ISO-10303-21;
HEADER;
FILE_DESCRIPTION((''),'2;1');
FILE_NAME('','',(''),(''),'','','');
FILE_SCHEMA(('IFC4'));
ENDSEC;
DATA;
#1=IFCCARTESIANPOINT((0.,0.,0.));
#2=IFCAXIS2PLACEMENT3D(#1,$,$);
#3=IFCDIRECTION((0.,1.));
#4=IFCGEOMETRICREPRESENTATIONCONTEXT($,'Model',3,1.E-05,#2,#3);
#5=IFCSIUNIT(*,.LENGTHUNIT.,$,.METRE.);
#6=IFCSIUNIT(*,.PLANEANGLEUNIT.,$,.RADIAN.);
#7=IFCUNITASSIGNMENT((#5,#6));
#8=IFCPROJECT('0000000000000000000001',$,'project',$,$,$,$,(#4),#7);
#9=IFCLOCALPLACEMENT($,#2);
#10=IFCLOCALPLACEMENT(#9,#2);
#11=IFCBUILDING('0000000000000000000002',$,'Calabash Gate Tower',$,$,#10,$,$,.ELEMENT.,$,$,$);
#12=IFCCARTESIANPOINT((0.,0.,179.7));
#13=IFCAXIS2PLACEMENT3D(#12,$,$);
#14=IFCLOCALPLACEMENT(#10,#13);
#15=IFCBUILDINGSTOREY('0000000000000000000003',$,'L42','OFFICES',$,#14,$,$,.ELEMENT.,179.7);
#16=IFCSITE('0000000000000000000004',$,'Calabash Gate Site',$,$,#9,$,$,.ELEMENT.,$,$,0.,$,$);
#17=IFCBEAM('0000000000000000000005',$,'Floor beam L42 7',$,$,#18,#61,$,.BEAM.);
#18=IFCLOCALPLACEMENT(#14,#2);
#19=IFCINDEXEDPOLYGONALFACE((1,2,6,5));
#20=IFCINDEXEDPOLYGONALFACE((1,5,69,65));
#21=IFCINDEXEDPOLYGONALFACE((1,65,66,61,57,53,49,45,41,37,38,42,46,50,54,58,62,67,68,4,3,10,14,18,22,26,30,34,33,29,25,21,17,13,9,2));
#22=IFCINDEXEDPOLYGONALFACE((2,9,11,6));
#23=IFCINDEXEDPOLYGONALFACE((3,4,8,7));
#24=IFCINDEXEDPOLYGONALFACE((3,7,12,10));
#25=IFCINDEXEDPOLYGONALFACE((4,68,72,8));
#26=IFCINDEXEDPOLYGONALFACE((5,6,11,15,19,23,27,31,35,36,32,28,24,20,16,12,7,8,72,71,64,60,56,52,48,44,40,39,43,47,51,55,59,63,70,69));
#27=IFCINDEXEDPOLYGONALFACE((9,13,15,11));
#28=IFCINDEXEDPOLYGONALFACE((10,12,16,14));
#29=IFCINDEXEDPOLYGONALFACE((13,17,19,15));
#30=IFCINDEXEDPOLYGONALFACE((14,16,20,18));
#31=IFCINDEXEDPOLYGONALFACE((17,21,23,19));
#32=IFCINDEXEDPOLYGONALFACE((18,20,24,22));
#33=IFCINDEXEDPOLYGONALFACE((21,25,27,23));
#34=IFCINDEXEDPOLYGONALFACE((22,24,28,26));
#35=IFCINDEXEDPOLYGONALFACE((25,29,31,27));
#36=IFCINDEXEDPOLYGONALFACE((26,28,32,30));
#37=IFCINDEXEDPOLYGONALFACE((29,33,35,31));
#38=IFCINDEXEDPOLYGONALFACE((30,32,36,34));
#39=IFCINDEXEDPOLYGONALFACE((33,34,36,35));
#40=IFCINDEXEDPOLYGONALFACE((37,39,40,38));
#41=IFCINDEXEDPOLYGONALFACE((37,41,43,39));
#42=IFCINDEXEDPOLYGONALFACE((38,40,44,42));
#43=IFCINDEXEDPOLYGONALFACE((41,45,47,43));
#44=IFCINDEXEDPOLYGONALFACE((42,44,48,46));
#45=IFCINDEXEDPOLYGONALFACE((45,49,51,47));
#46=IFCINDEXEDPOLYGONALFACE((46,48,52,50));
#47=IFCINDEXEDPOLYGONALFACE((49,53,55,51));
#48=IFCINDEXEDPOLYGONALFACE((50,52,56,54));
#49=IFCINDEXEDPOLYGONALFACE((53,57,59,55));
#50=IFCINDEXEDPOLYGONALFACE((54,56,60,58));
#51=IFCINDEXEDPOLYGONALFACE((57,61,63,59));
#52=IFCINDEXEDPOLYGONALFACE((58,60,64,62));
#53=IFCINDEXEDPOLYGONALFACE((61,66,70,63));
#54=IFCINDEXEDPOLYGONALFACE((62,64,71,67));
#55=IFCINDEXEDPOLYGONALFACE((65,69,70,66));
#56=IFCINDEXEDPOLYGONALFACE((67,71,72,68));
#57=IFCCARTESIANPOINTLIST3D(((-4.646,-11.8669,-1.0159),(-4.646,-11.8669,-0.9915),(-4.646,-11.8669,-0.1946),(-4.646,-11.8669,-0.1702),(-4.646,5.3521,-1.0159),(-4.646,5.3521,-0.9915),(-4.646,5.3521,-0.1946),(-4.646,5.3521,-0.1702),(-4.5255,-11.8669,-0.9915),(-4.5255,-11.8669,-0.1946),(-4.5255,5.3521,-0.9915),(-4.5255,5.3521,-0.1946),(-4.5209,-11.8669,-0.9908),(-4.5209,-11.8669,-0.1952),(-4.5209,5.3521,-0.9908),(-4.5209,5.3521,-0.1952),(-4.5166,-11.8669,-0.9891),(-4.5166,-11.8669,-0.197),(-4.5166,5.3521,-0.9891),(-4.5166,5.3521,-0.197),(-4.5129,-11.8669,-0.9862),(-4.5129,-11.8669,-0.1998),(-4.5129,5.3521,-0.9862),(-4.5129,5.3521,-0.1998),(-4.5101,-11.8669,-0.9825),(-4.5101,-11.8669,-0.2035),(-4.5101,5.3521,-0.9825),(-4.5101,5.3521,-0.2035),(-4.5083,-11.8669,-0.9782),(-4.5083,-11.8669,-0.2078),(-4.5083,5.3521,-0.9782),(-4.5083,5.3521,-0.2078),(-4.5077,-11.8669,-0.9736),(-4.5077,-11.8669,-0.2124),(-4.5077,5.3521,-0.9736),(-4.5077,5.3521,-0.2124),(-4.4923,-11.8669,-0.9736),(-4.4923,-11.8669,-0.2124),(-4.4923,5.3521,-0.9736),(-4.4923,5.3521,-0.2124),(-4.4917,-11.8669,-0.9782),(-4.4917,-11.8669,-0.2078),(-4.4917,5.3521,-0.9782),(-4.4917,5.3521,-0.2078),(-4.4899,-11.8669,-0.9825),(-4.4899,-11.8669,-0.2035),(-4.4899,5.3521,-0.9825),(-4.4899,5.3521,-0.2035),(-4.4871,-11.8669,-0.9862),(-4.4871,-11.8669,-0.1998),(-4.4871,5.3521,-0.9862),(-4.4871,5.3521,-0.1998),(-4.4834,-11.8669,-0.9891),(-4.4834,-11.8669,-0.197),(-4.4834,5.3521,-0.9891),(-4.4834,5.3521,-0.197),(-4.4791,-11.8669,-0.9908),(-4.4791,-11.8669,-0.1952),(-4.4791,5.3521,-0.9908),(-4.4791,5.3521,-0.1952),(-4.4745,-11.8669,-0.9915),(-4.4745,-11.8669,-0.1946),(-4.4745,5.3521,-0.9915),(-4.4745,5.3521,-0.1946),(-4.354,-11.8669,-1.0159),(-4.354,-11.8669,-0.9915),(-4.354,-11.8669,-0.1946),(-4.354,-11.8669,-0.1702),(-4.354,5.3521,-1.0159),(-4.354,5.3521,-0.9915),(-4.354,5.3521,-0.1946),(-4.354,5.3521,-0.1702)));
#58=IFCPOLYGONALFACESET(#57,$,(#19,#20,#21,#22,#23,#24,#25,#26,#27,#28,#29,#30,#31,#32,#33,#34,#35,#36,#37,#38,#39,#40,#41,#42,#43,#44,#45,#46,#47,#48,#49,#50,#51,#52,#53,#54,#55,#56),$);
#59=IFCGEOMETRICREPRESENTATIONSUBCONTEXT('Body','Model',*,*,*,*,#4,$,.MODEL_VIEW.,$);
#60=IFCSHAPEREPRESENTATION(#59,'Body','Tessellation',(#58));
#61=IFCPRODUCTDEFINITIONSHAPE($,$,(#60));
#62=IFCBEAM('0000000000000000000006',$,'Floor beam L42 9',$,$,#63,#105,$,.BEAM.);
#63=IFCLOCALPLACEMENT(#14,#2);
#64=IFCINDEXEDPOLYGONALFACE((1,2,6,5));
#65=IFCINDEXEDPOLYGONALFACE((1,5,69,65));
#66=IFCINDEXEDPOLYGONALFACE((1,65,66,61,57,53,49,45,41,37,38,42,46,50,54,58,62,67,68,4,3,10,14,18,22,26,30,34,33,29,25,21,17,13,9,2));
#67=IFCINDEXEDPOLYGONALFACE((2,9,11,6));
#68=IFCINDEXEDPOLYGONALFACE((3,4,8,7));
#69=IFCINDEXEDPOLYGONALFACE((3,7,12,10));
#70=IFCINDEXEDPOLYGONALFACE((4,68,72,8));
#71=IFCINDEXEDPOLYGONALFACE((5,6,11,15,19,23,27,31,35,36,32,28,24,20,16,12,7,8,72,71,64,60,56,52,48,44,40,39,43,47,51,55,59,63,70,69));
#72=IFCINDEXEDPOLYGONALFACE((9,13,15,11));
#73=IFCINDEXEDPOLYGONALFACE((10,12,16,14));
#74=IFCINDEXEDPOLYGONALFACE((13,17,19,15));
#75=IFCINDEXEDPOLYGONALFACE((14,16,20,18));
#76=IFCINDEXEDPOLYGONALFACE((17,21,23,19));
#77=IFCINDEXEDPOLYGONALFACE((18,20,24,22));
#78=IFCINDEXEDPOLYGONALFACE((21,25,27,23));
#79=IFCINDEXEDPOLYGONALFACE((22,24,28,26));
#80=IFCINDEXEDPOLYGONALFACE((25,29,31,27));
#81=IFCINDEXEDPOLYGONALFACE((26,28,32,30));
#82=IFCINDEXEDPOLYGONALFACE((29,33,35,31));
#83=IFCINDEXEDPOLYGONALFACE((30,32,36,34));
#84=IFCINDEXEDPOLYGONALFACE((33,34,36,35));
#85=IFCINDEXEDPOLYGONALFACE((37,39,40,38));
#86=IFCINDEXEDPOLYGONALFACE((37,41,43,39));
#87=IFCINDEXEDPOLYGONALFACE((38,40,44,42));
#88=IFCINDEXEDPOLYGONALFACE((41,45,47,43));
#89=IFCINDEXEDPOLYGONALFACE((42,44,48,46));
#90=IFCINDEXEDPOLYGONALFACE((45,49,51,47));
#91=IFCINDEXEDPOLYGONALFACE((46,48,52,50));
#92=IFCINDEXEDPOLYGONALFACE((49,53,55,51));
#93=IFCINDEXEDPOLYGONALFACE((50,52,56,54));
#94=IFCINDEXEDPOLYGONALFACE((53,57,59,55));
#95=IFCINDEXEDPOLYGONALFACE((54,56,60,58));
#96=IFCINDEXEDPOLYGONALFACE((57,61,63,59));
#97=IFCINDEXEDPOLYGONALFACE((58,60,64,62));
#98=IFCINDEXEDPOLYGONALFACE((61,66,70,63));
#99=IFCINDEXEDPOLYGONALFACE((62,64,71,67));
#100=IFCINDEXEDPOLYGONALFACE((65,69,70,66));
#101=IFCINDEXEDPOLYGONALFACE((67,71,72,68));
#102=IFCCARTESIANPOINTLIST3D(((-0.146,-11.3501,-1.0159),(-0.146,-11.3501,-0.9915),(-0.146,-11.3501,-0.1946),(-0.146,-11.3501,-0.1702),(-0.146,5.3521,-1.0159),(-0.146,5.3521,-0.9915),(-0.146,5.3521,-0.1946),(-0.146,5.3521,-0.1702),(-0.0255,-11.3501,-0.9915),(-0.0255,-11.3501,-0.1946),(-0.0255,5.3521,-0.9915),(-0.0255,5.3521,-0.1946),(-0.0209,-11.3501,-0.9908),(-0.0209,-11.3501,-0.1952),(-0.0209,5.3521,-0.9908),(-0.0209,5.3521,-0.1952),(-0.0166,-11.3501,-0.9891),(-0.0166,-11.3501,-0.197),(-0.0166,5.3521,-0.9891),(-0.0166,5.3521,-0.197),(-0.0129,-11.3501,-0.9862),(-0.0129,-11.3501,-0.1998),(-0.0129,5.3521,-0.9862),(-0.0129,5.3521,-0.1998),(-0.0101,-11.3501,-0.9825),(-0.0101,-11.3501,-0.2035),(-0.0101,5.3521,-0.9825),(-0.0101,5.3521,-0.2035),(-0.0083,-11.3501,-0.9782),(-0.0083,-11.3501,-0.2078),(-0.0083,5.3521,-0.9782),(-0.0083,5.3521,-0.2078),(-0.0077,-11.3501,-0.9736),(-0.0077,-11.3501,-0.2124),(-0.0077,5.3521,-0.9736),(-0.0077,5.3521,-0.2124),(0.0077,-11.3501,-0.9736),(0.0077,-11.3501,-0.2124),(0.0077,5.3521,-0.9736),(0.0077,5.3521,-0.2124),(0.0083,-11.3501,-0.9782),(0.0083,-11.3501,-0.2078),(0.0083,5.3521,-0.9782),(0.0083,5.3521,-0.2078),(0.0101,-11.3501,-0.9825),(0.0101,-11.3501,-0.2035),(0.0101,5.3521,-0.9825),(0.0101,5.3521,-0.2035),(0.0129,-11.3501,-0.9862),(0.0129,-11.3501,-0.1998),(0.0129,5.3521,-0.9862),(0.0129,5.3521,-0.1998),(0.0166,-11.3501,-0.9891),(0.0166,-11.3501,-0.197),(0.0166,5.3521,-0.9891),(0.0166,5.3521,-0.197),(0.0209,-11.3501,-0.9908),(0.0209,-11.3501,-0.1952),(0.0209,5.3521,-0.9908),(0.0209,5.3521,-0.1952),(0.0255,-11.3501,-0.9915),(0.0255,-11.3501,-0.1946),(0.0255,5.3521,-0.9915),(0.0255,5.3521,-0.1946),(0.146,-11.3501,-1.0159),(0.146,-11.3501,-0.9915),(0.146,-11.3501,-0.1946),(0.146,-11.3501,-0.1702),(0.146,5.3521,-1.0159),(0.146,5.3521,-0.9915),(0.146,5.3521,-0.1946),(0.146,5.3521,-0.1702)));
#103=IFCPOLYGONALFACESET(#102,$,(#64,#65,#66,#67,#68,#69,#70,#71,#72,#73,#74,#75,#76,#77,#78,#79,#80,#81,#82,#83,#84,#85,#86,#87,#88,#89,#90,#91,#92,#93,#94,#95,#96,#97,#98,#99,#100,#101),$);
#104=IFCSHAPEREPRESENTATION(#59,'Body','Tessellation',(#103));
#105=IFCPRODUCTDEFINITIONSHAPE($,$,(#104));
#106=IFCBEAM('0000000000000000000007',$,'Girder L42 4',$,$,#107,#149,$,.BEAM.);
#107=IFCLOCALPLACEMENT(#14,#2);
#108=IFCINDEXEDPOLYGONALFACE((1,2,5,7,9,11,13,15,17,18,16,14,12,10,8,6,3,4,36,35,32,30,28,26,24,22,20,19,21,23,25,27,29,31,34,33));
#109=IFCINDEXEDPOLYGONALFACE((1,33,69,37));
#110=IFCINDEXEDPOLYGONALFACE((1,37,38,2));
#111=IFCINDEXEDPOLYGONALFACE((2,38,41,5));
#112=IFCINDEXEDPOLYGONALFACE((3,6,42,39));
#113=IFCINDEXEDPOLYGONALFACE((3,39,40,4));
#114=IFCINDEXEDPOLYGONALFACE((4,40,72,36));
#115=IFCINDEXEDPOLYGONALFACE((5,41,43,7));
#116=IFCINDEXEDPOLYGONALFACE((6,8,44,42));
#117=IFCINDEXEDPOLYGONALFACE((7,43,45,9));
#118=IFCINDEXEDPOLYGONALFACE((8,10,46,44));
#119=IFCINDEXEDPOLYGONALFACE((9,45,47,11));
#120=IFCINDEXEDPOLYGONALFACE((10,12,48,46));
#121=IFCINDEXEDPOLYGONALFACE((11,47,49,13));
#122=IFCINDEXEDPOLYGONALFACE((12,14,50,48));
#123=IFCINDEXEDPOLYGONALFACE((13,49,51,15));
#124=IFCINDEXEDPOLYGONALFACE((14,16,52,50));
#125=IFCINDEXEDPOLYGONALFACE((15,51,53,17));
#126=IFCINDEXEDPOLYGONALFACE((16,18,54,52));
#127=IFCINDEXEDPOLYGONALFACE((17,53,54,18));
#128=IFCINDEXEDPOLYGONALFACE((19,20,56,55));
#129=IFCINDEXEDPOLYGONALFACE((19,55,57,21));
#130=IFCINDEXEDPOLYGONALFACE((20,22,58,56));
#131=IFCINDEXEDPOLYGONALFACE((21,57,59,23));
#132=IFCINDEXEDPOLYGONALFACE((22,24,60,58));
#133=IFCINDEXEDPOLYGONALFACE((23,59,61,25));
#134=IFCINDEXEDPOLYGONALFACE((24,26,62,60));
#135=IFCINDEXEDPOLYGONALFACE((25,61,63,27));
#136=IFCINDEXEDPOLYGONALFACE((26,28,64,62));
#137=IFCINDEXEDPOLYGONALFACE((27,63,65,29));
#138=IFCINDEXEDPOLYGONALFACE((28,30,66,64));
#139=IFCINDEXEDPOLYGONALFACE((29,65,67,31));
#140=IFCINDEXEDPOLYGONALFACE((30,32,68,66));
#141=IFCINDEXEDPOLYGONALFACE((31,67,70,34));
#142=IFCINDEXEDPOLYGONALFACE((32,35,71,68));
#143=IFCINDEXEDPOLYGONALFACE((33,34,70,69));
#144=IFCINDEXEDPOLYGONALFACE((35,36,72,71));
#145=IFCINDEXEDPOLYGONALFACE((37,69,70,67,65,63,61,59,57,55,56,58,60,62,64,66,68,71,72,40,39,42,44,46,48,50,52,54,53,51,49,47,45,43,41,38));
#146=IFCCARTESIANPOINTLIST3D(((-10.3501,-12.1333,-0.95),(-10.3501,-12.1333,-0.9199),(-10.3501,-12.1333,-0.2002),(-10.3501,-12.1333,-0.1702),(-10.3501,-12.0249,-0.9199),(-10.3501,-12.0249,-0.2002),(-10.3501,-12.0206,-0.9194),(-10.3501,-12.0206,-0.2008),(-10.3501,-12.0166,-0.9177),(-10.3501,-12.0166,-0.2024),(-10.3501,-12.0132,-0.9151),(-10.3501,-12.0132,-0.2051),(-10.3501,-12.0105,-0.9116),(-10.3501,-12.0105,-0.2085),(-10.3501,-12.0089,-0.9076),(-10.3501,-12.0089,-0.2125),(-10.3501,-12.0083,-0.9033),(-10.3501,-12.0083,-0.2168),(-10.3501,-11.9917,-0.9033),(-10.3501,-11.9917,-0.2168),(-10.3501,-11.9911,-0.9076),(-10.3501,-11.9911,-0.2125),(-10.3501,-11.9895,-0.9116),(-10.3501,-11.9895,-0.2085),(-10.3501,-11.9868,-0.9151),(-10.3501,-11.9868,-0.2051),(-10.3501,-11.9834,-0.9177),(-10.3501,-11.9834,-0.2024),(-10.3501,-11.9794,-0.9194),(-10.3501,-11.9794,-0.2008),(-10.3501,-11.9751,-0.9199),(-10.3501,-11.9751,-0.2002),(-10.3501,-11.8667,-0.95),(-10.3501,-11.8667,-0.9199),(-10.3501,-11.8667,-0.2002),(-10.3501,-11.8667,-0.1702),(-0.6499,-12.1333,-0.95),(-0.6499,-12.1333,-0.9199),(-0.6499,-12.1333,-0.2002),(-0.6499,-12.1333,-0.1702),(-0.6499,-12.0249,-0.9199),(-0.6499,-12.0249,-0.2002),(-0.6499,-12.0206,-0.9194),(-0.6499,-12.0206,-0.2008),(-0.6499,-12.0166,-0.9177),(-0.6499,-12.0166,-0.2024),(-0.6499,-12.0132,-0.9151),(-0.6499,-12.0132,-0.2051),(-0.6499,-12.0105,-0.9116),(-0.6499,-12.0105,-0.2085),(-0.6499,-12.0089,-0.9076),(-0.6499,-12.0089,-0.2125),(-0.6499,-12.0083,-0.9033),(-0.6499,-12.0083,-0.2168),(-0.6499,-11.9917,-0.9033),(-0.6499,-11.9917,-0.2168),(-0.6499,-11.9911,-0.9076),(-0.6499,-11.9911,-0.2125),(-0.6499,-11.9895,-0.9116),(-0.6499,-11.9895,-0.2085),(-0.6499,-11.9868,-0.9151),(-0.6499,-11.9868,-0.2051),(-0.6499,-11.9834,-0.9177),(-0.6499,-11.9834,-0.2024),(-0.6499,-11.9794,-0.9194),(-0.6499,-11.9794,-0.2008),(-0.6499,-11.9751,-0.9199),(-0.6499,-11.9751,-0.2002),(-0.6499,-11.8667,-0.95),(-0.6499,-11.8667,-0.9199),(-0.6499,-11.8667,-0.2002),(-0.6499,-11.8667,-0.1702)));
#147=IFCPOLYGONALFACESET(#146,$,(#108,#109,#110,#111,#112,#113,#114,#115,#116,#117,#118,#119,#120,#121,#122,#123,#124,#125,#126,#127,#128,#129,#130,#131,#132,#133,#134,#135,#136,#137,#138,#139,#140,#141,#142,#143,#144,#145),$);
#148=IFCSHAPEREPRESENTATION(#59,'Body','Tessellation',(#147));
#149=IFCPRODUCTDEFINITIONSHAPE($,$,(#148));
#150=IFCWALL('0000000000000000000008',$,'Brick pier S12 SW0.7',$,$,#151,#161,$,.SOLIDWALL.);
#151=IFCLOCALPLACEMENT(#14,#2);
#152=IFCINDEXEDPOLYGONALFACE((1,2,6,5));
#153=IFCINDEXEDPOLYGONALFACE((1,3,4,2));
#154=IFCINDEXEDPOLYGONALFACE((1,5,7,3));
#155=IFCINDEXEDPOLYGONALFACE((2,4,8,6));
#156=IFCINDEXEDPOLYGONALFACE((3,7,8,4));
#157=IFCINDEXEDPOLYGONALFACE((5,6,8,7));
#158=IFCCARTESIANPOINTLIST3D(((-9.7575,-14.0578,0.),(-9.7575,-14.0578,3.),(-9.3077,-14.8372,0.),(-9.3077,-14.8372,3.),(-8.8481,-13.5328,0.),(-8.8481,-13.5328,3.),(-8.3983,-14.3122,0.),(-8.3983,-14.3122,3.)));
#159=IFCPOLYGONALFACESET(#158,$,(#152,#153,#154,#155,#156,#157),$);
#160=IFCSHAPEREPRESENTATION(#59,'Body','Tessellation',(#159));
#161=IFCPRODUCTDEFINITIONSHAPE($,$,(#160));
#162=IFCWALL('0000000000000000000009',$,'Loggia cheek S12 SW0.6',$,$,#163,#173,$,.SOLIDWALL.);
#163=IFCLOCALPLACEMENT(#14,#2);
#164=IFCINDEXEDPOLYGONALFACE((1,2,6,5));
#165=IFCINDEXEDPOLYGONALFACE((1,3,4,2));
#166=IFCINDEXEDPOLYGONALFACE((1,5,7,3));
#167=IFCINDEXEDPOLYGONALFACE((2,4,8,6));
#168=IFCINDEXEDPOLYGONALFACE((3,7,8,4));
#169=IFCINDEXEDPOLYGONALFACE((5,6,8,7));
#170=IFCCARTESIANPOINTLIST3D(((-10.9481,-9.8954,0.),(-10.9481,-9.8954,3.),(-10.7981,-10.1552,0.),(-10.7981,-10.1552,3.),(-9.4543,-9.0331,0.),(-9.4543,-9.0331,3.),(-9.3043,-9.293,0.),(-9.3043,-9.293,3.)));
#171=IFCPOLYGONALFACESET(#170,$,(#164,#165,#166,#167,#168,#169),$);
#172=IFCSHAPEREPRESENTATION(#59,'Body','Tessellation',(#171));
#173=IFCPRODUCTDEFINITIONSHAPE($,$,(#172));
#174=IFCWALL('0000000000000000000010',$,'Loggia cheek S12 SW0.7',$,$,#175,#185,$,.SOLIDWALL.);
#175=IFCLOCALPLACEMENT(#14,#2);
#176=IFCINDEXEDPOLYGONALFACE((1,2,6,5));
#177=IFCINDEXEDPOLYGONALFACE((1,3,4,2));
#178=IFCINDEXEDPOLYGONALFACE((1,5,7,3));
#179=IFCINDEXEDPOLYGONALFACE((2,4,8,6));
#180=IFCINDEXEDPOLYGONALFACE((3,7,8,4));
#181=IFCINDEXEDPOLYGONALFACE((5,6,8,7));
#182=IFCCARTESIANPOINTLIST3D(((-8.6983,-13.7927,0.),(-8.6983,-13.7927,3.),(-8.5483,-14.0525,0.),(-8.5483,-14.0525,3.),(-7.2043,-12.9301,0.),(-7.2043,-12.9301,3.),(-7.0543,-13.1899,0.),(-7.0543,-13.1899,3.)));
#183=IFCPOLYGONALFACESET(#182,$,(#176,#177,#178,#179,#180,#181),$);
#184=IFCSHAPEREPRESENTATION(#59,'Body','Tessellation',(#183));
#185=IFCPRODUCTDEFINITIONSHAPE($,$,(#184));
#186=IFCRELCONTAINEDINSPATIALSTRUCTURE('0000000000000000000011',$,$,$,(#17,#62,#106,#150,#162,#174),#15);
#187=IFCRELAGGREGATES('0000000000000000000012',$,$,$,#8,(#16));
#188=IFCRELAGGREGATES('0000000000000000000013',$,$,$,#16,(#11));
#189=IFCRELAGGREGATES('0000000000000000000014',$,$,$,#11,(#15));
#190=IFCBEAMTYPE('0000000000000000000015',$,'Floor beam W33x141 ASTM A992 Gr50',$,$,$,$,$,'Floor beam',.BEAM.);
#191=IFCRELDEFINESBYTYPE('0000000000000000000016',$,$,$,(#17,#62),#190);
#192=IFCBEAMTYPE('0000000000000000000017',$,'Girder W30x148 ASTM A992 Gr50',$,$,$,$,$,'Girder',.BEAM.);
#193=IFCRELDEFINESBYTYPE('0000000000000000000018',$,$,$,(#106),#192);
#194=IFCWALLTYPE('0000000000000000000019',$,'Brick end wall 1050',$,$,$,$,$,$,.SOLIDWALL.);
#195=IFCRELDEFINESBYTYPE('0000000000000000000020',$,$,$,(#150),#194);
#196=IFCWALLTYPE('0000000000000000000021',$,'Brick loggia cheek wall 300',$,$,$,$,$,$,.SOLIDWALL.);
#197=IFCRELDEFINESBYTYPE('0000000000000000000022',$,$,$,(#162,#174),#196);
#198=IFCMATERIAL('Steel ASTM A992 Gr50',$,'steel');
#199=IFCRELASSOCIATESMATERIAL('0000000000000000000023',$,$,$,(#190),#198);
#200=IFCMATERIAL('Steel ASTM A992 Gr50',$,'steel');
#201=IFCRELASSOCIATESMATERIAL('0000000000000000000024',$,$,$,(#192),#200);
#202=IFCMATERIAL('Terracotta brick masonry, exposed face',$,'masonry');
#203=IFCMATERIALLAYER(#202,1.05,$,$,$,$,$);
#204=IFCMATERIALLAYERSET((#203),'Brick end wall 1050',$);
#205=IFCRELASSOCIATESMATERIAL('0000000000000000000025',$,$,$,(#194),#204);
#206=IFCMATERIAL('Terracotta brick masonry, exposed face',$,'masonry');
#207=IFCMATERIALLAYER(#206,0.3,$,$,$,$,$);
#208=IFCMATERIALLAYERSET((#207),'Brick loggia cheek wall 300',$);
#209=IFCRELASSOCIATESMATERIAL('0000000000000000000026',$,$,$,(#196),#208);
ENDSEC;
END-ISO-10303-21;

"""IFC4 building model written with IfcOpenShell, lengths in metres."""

from ifc_helpers import new_model, si_unit, direction, frame, frame_2d, origin, origin_2d, place, context, subcontext, project, spatial, rectangle, i_section, extrude, material, layer, layer_set, material_profile, profile_set, type_object, element, save


model = new_model("IFC4")

# Units and contexts
model_context = context("Model", 3, precision=1e-05, world=origin(), true_north=direction((0.0, 1.0)))
body_context = subcontext(model_context, "Body", "Model", "MODEL_VIEW")
ifc_project = project(units=[si_unit("LENGTHUNIT", "METRE"), si_unit("PLANEANGLEUNIT", "RADIAN")], contexts=[model_context])

# Site, building, storey
site_placement = place(None, origin())
site = spatial("IfcSite", under=ifc_project, at=site_placement, Name="Calabash Gate Site", CompositionType="ELEMENT", RefElevation=0.0)
building_placement = place(site_placement, origin())
building = spatial("IfcBuilding", under=site, at=building_placement, Name="Calabash Gate Tower", CompositionType="ELEMENT")
storey_placement = place(building_placement, frame((0.0, 0.0, 179.7)))
storey = spatial("IfcBuildingStorey", under=building, at=storey_placement, Name="L42", Description="OFFICES", CompositionType="ELEMENT", Elevation=179.7)

# Beams
ifc_material_1 = material(Name="Steel ASTM A992 Gr50", Category="steel")
ifc_material_profile_1 = material_profile(ifc_material_1, i_section(OverallWidth=0.292, OverallDepth=0.8457, WebThickness=0.0154, FlangeThickness=0.0244, FilletRadius=0.0178, at=origin_2d()))
ifc_profile_set_1 = profile_set([ifc_material_profile_1], Name="Steel ASTM A992 Gr50")
beam_type_1 = type_object("IfcBeamType", Name="Floor beam W33x141 ASTM A992 Gr50", ElementType="Floor beam", PredefinedType="BEAM", material=ifc_profile_set_1)
beam_1_placement = place(storey_placement, frame((-4.5, -11.8669, -0.593), z_axis=(0.0, 1.0, 0.0), x_axis=(-1.0, 0.0, 0.0)))
element("IfcBeam", 1, at=beam_1_placement, inside=storey, type_object=beam_type_1, Name="Floor beam L42 7", PredefinedType="BEAM", context=body_context, shape_type="SweptSolid", body=[
    extrude(i_section(OverallWidth=0.292, OverallDepth=0.8457, WebThickness=0.0154, FlangeThickness=0.0244, FilletRadius=0.0178, at=origin_2d()), origin(), (0.0, 0.0, 1.0), 17.219),
])
beam_2_placement = place(storey_placement, frame((0.0, -11.3501, -0.593), z_axis=(0.0, 1.0, 0.0), x_axis=(-1.0, 0.0, 0.0)))
element("IfcBeam", 2, at=beam_2_placement, inside=storey, type_object=beam_type_1, Name="Floor beam L42 9", PredefinedType="BEAM", context=body_context, shape_type="SweptSolid", body=[
    extrude(i_section(OverallWidth=0.292, OverallDepth=0.8457, WebThickness=0.0154, FlangeThickness=0.0244, FilletRadius=0.0178, at=origin_2d()), origin(), (0.0, 0.0, 1.0), 16.7021),
])
ifc_material_2 = material(Name="Steel ASTM A992 Gr50", Category="steel")
ifc_material_profile_2 = material_profile(ifc_material_2, i_section(OverallWidth=0.2666, OverallDepth=0.7798, WebThickness=0.0166, FlangeThickness=0.03, FilletRadius=0.0166, at=origin_2d()))
ifc_profile_set_2 = profile_set([ifc_material_profile_2], Name="Steel ASTM A992 Gr50")
beam_type_2 = type_object("IfcBeamType", Name="Girder W30x148 ASTM A992 Gr50", ElementType="Girder", PredefinedType="BEAM", material=ifc_profile_set_2)
beam_3_placement = place(storey_placement, frame((-10.3501, -12.0, -0.5601), z_axis=(1.0, 0.0, 0.0), x_axis=(0.0, 1.0, 0.0)))
element("IfcBeam", 3, at=beam_3_placement, inside=storey, type_object=beam_type_2, Name="Girder L42 4", PredefinedType="BEAM", context=body_context, shape_type="SweptSolid", body=[
    extrude(i_section(OverallWidth=0.2666, OverallDepth=0.7798, WebThickness=0.0166, FlangeThickness=0.03, FilletRadius=0.0166, at=origin_2d()), origin(), (0.0, 0.0, 1.0), 9.7002),
])

# Walls
ifc_material_3 = material(Name="Terracotta brick masonry, exposed face", Category="masonry")
ifc_layer_1 = layer(ifc_material_3, 1.05)
ifc_layer_set_1 = layer_set([ifc_layer_1], Name="Brick end wall 1050")
wall_type_1 = type_object("IfcWallType", Name="Brick end wall 1050", PredefinedType="SOLIDWALL", material=ifc_layer_set_1)
wall_1_placement = place(storey_placement, frame((-8.6233, -13.9226, 0.0), z_axis=(0.0, 0.0, 1.0), x_axis=(-0.866089, -0.49989, 0.0)))
element("IfcWall", 4, at=wall_1_placement, inside=storey, type_object=wall_type_1, Name="Brick pier S12 SW0.7", PredefinedType="SOLIDWALL", context=body_context, shape_type="SweptSolid", body=[
    extrude(rectangle(XDim=1.05, YDim=0.8999, at=frame_2d((0.5249, 0.0))), origin(), (0.0, 0.0, 1.0), 3.0),
])
ifc_material_4 = material(Name="Terracotta brick masonry, exposed face", Category="masonry")
ifc_layer_2 = layer(ifc_material_4, 0.3)
ifc_layer_set_2 = layer_set([ifc_layer_2], Name="Brick loggia cheek wall 300")
wall_type_2 = type_object("IfcWallType", Name="Brick loggia cheek wall 300", PredefinedType="SOLIDWALL", material=ifc_layer_set_2)
wall_2_placement = place(storey_placement, frame((-9.3794, -9.1631, 0.0), z_axis=(0.0, 0.0, 1.0), x_axis=(-0.866075, -0.499914, 0.0)))
element("IfcWall", 5, at=wall_2_placement, inside=storey, type_object=wall_type_2, Name="Loggia cheek S12 SW0.6", PredefinedType="SOLIDWALL", context=body_context, shape_type="SweptSolid", body=[
    extrude(rectangle(XDim=1.7249, YDim=0.3, at=frame_2d((0.8623, 0.0))), origin(), (0.0, 0.0, 1.0), 3.0),
])
wall_3_placement = place(storey_placement, frame((-8.6233, -13.9226, 0.0), z_axis=(0.0, 0.0, 1.0), x_axis=(0.866014, 0.500021, 0.0)))
element("IfcWall", 6, at=wall_3_placement, inside=storey, type_object=wall_type_2, Name="Loggia cheek S12 SW0.7", PredefinedType="SOLIDWALL", context=body_context, shape_type="SweptSolid", body=[
    extrude(rectangle(XDim=1.7251, YDim=0.3, at=frame_2d((0.8625, 0.0))), origin(), (0.0, 0.0, 1.0), 3.0),
])

save(model, "model.ifc")
